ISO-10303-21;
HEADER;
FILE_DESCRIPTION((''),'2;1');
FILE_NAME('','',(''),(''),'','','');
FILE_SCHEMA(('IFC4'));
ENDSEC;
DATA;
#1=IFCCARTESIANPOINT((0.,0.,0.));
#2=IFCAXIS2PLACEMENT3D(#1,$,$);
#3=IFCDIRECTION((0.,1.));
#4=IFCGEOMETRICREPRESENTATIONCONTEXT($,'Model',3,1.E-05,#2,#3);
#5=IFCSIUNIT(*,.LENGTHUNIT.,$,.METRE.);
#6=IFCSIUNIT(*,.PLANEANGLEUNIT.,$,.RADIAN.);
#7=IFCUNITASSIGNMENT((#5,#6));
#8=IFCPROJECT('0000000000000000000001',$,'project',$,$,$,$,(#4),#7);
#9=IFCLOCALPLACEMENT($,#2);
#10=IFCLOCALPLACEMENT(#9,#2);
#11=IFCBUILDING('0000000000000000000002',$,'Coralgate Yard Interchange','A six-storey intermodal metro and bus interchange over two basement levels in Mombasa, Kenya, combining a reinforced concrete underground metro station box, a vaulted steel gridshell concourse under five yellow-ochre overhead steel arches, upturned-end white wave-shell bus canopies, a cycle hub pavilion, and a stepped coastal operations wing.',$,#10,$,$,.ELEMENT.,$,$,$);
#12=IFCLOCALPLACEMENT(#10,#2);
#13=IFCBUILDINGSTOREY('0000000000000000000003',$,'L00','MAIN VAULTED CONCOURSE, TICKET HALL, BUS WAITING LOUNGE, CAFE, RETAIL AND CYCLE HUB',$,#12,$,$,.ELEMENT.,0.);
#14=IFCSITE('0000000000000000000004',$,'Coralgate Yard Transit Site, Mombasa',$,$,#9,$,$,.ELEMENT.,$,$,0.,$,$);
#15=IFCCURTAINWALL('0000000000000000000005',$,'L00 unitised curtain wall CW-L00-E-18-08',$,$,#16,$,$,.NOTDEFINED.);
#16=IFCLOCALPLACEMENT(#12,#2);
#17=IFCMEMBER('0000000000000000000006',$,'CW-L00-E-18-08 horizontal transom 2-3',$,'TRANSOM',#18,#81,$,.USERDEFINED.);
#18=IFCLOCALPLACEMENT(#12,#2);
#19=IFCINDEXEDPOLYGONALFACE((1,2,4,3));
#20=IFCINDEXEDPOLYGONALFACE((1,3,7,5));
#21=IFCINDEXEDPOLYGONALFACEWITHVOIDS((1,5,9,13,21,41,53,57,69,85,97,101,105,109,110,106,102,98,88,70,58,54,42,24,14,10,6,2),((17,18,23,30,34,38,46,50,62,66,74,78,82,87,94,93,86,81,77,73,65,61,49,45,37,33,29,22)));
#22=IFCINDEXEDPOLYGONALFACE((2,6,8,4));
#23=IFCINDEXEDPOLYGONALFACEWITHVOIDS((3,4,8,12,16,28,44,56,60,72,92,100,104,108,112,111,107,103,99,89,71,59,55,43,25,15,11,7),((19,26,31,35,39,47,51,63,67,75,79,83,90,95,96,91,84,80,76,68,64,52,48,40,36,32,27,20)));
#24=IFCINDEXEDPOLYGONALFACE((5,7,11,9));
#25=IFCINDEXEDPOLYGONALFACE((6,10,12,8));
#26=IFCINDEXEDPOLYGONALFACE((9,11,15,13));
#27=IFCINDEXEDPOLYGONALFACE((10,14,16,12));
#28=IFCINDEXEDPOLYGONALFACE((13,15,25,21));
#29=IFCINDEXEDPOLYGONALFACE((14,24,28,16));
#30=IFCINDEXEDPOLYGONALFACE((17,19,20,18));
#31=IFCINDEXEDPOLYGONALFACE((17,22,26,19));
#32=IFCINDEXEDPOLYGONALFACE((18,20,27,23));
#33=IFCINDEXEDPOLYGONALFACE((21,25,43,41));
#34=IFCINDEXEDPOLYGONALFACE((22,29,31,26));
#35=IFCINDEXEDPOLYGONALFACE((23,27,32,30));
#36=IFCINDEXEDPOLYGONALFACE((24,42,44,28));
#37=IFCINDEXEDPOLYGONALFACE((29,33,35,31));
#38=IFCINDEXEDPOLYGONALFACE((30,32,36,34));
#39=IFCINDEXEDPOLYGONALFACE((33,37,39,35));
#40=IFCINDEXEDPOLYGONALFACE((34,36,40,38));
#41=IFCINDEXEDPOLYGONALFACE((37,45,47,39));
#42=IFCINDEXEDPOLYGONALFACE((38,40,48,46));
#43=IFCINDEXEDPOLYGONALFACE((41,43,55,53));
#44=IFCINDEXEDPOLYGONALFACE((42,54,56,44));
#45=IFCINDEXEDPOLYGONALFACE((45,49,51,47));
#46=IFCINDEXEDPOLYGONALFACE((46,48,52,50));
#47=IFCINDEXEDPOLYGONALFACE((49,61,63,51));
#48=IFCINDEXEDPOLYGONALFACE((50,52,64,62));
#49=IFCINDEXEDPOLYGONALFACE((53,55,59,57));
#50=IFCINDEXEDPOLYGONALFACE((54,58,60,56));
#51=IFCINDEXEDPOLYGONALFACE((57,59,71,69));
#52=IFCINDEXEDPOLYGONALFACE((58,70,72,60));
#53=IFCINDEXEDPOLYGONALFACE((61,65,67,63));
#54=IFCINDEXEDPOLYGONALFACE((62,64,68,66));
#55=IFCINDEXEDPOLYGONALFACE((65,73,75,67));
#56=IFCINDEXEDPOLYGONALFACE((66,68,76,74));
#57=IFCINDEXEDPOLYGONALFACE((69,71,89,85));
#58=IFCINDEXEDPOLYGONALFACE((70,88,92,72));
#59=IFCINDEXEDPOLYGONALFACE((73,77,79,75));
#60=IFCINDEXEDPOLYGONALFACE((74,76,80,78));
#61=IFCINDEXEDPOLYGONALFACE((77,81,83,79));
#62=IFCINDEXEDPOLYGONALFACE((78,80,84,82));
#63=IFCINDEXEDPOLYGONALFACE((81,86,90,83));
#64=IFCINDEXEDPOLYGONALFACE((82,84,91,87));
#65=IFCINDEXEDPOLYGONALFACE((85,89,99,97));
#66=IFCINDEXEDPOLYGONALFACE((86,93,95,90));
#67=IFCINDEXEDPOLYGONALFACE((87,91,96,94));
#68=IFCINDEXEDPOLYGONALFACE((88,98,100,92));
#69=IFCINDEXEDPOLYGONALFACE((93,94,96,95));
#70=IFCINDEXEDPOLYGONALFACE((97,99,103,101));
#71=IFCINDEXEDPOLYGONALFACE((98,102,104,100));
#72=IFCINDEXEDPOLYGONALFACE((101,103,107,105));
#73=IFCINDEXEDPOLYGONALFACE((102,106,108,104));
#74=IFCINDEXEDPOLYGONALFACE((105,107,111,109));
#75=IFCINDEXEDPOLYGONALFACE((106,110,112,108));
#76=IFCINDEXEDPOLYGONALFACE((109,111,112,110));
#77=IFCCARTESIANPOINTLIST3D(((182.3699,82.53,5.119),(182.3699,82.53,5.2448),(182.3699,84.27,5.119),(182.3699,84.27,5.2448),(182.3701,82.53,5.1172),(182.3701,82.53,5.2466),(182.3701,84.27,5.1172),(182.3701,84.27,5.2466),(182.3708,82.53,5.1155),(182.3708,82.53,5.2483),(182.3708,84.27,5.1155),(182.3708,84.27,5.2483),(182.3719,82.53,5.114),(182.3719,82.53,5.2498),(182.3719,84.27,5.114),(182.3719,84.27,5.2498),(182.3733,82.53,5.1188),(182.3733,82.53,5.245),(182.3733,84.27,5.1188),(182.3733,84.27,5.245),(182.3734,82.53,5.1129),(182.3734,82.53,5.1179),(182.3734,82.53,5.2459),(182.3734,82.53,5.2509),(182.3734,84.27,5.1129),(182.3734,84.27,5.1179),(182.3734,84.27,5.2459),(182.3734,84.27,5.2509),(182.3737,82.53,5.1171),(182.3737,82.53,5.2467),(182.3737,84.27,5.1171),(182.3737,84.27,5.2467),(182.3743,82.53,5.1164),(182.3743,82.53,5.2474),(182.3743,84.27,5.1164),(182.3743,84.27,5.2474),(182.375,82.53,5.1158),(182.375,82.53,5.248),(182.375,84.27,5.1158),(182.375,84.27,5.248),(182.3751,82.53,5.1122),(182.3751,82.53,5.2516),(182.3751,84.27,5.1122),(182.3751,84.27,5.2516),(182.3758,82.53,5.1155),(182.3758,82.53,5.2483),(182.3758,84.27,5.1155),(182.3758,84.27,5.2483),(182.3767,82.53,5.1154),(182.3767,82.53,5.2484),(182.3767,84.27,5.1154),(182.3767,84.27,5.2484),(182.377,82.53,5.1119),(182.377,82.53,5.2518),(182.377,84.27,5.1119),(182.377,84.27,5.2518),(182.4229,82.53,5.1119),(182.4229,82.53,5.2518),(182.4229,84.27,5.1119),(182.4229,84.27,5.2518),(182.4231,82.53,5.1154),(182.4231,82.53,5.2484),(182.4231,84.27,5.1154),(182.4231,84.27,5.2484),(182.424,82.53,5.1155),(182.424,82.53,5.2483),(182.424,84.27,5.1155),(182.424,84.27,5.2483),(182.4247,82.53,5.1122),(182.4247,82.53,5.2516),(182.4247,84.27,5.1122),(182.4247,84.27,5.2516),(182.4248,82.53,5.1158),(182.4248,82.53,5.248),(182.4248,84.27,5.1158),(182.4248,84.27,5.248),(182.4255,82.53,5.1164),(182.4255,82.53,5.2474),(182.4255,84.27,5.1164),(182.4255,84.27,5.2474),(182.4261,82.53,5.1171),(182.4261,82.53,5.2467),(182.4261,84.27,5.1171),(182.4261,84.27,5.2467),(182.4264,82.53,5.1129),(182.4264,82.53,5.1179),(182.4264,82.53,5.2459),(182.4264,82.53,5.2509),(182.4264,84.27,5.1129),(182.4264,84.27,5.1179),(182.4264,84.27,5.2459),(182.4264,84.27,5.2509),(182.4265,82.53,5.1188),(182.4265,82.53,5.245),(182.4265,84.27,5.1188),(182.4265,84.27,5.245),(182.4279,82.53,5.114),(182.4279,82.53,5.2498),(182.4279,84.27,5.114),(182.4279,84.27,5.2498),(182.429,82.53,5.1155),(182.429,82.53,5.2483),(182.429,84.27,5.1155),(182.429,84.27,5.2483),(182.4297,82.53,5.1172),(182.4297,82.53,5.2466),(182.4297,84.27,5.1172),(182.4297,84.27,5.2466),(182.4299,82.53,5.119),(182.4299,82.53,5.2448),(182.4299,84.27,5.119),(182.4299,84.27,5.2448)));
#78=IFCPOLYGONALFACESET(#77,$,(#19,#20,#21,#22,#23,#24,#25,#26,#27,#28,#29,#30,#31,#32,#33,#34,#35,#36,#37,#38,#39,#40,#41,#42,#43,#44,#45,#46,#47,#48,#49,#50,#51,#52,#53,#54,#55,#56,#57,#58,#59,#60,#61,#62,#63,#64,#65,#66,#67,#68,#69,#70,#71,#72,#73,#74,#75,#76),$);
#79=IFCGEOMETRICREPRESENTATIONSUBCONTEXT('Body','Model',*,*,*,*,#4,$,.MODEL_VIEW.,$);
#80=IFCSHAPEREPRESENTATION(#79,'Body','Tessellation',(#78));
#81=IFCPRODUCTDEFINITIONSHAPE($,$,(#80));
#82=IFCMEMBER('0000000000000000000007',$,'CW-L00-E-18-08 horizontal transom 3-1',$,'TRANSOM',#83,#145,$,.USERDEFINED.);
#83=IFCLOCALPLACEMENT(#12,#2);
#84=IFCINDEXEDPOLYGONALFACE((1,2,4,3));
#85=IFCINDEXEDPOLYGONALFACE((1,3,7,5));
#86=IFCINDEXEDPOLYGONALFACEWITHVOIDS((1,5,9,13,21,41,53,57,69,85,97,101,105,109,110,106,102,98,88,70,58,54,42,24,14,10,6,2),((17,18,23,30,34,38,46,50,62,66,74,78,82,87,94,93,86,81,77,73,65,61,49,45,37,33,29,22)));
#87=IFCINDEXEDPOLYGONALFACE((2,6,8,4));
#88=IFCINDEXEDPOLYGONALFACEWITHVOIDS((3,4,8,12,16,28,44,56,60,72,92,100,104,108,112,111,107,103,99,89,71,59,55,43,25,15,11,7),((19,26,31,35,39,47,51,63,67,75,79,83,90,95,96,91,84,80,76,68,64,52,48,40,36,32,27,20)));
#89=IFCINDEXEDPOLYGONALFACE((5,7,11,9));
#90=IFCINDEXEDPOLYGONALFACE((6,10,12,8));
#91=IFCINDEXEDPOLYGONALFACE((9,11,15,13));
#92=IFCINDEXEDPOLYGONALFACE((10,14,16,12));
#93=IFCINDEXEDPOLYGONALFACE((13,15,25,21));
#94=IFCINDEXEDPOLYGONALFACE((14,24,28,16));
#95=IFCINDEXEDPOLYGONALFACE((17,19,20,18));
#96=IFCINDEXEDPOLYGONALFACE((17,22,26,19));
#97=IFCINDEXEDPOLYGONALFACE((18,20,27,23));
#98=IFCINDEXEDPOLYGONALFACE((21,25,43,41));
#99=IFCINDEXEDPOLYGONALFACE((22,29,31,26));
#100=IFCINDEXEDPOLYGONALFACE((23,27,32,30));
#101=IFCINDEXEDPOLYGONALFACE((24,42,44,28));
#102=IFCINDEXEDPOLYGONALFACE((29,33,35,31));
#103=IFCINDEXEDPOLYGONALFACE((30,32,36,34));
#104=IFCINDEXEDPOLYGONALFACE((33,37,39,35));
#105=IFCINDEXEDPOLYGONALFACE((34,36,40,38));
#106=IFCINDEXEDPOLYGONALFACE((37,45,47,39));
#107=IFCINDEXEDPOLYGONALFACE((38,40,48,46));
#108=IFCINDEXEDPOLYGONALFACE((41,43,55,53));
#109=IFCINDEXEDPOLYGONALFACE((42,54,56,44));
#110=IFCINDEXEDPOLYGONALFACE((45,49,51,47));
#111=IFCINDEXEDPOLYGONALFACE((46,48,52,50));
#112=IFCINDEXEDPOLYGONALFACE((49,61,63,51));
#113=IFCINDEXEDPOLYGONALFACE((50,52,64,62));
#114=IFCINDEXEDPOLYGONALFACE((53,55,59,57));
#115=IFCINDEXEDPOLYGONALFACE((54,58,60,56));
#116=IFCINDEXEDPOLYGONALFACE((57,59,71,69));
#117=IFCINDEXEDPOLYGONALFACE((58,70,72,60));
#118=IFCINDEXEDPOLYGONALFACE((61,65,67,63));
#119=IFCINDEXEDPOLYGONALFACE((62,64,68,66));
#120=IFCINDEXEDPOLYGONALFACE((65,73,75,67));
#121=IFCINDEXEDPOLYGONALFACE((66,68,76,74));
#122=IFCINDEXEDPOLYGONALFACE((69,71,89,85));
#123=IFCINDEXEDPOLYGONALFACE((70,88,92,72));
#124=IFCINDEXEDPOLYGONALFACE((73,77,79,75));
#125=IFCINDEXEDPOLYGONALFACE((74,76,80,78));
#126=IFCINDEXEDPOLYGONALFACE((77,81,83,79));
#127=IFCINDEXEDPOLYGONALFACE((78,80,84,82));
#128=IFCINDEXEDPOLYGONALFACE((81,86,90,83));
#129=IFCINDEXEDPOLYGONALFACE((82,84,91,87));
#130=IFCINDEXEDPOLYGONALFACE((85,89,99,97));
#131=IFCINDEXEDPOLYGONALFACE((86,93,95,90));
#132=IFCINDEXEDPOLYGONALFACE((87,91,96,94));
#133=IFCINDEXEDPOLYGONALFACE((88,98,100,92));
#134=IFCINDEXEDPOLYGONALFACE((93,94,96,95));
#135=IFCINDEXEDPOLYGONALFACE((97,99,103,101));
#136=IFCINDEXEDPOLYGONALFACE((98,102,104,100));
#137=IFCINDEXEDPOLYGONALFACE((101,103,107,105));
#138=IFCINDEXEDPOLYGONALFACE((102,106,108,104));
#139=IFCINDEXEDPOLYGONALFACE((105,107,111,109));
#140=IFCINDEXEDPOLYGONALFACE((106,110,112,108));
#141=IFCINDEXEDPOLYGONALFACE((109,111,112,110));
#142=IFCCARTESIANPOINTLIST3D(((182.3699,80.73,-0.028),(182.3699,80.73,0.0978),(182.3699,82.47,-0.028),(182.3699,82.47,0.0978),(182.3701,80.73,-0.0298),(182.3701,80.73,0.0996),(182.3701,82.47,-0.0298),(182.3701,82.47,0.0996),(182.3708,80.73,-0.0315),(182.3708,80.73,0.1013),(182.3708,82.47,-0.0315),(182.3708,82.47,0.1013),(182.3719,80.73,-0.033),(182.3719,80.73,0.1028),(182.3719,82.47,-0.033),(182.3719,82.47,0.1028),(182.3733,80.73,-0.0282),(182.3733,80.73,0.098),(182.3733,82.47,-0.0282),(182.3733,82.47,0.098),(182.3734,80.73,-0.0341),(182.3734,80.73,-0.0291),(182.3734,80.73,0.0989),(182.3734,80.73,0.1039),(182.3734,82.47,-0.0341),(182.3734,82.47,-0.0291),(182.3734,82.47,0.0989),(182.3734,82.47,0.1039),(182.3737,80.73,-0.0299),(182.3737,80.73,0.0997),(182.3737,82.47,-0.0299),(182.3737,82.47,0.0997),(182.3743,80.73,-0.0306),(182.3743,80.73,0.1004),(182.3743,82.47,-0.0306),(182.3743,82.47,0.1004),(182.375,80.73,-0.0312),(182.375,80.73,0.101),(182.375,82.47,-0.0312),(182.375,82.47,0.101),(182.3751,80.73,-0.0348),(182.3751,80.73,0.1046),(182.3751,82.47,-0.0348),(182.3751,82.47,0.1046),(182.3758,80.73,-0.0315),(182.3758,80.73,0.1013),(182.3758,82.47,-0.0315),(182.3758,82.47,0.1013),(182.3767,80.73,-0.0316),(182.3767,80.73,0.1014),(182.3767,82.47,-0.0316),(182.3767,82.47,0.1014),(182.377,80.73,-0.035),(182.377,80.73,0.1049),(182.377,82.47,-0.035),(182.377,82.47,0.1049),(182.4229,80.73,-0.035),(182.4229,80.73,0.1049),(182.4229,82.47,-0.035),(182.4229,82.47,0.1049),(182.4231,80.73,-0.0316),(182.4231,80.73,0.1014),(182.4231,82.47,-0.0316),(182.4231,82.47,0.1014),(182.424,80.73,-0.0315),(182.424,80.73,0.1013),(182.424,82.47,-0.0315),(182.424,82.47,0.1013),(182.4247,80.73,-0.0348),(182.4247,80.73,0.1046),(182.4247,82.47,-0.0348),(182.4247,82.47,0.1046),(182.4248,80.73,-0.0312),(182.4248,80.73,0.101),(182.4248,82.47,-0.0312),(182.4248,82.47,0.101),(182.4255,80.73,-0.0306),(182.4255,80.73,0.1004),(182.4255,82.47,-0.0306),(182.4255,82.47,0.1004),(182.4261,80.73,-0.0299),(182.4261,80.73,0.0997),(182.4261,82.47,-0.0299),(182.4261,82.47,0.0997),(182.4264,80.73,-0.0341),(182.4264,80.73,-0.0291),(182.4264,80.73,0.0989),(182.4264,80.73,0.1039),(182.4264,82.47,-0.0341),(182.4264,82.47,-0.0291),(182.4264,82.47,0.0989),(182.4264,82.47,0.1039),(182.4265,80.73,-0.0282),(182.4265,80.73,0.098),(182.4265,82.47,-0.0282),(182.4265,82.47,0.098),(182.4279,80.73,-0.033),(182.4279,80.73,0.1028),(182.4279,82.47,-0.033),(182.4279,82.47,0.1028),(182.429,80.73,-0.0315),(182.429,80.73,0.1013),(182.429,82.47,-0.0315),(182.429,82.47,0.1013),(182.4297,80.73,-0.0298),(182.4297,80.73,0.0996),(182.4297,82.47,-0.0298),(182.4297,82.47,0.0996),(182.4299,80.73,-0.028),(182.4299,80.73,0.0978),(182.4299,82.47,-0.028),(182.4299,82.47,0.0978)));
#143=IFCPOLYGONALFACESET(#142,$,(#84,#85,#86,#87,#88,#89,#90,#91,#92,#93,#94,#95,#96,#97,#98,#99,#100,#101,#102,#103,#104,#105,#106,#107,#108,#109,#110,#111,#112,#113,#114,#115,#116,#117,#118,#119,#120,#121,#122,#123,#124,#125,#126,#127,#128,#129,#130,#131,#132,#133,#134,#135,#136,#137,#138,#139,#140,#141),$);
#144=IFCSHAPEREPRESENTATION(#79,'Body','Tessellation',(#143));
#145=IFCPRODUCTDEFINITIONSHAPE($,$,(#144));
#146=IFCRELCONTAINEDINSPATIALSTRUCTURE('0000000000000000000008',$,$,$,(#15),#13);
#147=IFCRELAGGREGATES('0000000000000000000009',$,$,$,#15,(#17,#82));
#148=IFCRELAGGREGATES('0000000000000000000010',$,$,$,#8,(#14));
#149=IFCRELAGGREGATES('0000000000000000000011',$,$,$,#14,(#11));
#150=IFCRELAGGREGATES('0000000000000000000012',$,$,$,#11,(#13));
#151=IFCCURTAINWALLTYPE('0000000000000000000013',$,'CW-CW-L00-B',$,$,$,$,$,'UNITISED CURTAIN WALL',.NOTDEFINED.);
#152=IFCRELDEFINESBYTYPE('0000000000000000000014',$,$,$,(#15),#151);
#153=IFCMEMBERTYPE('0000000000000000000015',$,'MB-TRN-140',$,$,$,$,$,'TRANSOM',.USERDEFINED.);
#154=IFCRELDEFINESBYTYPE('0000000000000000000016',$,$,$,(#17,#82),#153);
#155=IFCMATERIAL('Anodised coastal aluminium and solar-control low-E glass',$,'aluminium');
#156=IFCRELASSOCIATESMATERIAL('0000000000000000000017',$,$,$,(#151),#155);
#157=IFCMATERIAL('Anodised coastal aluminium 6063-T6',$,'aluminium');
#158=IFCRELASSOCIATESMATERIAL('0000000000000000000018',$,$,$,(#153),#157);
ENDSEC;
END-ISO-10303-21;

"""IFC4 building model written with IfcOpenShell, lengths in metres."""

from ifc_helpers import new_model, si_unit, direction, frame, origin, origin_2d, place, context, subcontext, project, spatial, hollow_rectangle, extrude, material, material_profile, profile_set, type_object, element, aggregate, save


model = new_model("IFC4")

# Units and contexts
model_context = context("Model", 3, precision=1e-05, world=origin(), true_north=direction((0.0, 1.0)))
body_context = subcontext(model_context, "Body", "Model", "MODEL_VIEW")
ifc_project = project(units=[si_unit("LENGTHUNIT", "METRE"), si_unit("PLANEANGLEUNIT", "RADIAN")], contexts=[model_context])

# Site, building, storey
site_placement = place(None, origin())
site = spatial("IfcSite", under=ifc_project, at=site_placement, Name="Coralgate Yard Transit Site, Mombasa", CompositionType="ELEMENT", RefElevation=0.0)
building_placement = place(site_placement, origin())
building = spatial("IfcBuilding", under=site, at=building_placement, Name="Coralgate Yard Interchange", Description="A six-storey intermodal metro and bus interchange over two basement levels in Mombasa, Kenya, combining a reinforced concrete underground metro station box, a vaulted steel gridshell concourse under five yellow-ochre overhead steel arches, upturned-end white wave-shell bus canopies, a cycle hub pavilion, and a stepped coastal operations wing.", CompositionType="ELEMENT")
storey_placement = place(building_placement, origin())
storey = spatial("IfcBuildingStorey", under=building, at=storey_placement, Name="L00", Description="MAIN VAULTED CONCOURSE, TICKET HALL, BUS WAITING LOUNGE, CAFE, RETAIL AND CYCLE HUB", CompositionType="ELEMENT", Elevation=0.0)

# Curtain wall, members
ifc_material_1 = material(Name="Anodised coastal aluminium and solar-control low-E glass", Category="aluminium")
curtain_wall_type = type_object("IfcCurtainWallType", Name="CW-CW-L00-B", ElementType="UNITISED CURTAIN WALL", PredefinedType="NOTDEFINED", material=ifc_material_1)
curtain_wall_placement = place(storey_placement, origin())
curtain_wall = element("IfcCurtainWall", 1, at=curtain_wall_placement, inside=storey, type_object=curtain_wall_type, Name="L00 unitised curtain wall CW-L00-E-18-08", PredefinedType="NOTDEFINED")
ifc_material_2 = material(Name="Anodised coastal aluminium 6063-T6", Category="aluminium")
ifc_material_profile_1 = material_profile(ifc_material_2, hollow_rectangle(XDim=0.0601, YDim=0.1399, WallThickness=0.0034, InnerFilletRadius=0.0034, OuterFilletRadius=0.0071, at=origin_2d()), Name="ALU 60x140x3.5")
ifc_profile_set_1 = profile_set([ifc_material_profile_1], Name="Anodised coastal aluminium 6063-T6")
member_type_1 = type_object("IfcMemberType", Name="MB-TRN-140", ElementType="TRANSOM", PredefinedType="USERDEFINED", material=ifc_profile_set_1)
member_1_placement = place(storey_placement, frame((182.3999, 84.27, 5.1819), z_axis=(0.0, -1.0, 0.0), x_axis=(1.0, 0.0, 0.0)))
member_1 = element("IfcMember", 2, at=member_1_placement, type_object=member_type_1, Name="CW-L00-E-18-08 horizontal transom 2-3", ObjectType="TRANSOM", PredefinedType="USERDEFINED", context=body_context, shape_type="SweptSolid", body=[
    extrude(hollow_rectangle(XDim=0.0601, YDim=0.1399, WallThickness=0.0034, InnerFilletRadius=0.0034, OuterFilletRadius=0.0071, at=origin_2d()), origin(), (0.0, 0.0, 1.0), 1.74),
])
member_2_placement = place(storey_placement, frame((182.3999, 82.47, 0.0349), z_axis=(0.0, -1.0, 0.0), x_axis=(1.0, 0.0, 0.0)))
member_2 = element("IfcMember", 3, at=member_2_placement, type_object=member_type_1, Name="CW-L00-E-18-08 horizontal transom 3-1", ObjectType="TRANSOM", PredefinedType="USERDEFINED", context=body_context, shape_type="SweptSolid", body=[
    extrude(hollow_rectangle(XDim=0.0601, YDim=0.1399, WallThickness=0.0034, InnerFilletRadius=0.0034, OuterFilletRadius=0.0071, at=origin_2d()), origin(), (0.0, 0.0, 1.0), 1.74),
])
aggregate(curtain_wall, [member_1, member_2])

save(model, "model.ifc")
